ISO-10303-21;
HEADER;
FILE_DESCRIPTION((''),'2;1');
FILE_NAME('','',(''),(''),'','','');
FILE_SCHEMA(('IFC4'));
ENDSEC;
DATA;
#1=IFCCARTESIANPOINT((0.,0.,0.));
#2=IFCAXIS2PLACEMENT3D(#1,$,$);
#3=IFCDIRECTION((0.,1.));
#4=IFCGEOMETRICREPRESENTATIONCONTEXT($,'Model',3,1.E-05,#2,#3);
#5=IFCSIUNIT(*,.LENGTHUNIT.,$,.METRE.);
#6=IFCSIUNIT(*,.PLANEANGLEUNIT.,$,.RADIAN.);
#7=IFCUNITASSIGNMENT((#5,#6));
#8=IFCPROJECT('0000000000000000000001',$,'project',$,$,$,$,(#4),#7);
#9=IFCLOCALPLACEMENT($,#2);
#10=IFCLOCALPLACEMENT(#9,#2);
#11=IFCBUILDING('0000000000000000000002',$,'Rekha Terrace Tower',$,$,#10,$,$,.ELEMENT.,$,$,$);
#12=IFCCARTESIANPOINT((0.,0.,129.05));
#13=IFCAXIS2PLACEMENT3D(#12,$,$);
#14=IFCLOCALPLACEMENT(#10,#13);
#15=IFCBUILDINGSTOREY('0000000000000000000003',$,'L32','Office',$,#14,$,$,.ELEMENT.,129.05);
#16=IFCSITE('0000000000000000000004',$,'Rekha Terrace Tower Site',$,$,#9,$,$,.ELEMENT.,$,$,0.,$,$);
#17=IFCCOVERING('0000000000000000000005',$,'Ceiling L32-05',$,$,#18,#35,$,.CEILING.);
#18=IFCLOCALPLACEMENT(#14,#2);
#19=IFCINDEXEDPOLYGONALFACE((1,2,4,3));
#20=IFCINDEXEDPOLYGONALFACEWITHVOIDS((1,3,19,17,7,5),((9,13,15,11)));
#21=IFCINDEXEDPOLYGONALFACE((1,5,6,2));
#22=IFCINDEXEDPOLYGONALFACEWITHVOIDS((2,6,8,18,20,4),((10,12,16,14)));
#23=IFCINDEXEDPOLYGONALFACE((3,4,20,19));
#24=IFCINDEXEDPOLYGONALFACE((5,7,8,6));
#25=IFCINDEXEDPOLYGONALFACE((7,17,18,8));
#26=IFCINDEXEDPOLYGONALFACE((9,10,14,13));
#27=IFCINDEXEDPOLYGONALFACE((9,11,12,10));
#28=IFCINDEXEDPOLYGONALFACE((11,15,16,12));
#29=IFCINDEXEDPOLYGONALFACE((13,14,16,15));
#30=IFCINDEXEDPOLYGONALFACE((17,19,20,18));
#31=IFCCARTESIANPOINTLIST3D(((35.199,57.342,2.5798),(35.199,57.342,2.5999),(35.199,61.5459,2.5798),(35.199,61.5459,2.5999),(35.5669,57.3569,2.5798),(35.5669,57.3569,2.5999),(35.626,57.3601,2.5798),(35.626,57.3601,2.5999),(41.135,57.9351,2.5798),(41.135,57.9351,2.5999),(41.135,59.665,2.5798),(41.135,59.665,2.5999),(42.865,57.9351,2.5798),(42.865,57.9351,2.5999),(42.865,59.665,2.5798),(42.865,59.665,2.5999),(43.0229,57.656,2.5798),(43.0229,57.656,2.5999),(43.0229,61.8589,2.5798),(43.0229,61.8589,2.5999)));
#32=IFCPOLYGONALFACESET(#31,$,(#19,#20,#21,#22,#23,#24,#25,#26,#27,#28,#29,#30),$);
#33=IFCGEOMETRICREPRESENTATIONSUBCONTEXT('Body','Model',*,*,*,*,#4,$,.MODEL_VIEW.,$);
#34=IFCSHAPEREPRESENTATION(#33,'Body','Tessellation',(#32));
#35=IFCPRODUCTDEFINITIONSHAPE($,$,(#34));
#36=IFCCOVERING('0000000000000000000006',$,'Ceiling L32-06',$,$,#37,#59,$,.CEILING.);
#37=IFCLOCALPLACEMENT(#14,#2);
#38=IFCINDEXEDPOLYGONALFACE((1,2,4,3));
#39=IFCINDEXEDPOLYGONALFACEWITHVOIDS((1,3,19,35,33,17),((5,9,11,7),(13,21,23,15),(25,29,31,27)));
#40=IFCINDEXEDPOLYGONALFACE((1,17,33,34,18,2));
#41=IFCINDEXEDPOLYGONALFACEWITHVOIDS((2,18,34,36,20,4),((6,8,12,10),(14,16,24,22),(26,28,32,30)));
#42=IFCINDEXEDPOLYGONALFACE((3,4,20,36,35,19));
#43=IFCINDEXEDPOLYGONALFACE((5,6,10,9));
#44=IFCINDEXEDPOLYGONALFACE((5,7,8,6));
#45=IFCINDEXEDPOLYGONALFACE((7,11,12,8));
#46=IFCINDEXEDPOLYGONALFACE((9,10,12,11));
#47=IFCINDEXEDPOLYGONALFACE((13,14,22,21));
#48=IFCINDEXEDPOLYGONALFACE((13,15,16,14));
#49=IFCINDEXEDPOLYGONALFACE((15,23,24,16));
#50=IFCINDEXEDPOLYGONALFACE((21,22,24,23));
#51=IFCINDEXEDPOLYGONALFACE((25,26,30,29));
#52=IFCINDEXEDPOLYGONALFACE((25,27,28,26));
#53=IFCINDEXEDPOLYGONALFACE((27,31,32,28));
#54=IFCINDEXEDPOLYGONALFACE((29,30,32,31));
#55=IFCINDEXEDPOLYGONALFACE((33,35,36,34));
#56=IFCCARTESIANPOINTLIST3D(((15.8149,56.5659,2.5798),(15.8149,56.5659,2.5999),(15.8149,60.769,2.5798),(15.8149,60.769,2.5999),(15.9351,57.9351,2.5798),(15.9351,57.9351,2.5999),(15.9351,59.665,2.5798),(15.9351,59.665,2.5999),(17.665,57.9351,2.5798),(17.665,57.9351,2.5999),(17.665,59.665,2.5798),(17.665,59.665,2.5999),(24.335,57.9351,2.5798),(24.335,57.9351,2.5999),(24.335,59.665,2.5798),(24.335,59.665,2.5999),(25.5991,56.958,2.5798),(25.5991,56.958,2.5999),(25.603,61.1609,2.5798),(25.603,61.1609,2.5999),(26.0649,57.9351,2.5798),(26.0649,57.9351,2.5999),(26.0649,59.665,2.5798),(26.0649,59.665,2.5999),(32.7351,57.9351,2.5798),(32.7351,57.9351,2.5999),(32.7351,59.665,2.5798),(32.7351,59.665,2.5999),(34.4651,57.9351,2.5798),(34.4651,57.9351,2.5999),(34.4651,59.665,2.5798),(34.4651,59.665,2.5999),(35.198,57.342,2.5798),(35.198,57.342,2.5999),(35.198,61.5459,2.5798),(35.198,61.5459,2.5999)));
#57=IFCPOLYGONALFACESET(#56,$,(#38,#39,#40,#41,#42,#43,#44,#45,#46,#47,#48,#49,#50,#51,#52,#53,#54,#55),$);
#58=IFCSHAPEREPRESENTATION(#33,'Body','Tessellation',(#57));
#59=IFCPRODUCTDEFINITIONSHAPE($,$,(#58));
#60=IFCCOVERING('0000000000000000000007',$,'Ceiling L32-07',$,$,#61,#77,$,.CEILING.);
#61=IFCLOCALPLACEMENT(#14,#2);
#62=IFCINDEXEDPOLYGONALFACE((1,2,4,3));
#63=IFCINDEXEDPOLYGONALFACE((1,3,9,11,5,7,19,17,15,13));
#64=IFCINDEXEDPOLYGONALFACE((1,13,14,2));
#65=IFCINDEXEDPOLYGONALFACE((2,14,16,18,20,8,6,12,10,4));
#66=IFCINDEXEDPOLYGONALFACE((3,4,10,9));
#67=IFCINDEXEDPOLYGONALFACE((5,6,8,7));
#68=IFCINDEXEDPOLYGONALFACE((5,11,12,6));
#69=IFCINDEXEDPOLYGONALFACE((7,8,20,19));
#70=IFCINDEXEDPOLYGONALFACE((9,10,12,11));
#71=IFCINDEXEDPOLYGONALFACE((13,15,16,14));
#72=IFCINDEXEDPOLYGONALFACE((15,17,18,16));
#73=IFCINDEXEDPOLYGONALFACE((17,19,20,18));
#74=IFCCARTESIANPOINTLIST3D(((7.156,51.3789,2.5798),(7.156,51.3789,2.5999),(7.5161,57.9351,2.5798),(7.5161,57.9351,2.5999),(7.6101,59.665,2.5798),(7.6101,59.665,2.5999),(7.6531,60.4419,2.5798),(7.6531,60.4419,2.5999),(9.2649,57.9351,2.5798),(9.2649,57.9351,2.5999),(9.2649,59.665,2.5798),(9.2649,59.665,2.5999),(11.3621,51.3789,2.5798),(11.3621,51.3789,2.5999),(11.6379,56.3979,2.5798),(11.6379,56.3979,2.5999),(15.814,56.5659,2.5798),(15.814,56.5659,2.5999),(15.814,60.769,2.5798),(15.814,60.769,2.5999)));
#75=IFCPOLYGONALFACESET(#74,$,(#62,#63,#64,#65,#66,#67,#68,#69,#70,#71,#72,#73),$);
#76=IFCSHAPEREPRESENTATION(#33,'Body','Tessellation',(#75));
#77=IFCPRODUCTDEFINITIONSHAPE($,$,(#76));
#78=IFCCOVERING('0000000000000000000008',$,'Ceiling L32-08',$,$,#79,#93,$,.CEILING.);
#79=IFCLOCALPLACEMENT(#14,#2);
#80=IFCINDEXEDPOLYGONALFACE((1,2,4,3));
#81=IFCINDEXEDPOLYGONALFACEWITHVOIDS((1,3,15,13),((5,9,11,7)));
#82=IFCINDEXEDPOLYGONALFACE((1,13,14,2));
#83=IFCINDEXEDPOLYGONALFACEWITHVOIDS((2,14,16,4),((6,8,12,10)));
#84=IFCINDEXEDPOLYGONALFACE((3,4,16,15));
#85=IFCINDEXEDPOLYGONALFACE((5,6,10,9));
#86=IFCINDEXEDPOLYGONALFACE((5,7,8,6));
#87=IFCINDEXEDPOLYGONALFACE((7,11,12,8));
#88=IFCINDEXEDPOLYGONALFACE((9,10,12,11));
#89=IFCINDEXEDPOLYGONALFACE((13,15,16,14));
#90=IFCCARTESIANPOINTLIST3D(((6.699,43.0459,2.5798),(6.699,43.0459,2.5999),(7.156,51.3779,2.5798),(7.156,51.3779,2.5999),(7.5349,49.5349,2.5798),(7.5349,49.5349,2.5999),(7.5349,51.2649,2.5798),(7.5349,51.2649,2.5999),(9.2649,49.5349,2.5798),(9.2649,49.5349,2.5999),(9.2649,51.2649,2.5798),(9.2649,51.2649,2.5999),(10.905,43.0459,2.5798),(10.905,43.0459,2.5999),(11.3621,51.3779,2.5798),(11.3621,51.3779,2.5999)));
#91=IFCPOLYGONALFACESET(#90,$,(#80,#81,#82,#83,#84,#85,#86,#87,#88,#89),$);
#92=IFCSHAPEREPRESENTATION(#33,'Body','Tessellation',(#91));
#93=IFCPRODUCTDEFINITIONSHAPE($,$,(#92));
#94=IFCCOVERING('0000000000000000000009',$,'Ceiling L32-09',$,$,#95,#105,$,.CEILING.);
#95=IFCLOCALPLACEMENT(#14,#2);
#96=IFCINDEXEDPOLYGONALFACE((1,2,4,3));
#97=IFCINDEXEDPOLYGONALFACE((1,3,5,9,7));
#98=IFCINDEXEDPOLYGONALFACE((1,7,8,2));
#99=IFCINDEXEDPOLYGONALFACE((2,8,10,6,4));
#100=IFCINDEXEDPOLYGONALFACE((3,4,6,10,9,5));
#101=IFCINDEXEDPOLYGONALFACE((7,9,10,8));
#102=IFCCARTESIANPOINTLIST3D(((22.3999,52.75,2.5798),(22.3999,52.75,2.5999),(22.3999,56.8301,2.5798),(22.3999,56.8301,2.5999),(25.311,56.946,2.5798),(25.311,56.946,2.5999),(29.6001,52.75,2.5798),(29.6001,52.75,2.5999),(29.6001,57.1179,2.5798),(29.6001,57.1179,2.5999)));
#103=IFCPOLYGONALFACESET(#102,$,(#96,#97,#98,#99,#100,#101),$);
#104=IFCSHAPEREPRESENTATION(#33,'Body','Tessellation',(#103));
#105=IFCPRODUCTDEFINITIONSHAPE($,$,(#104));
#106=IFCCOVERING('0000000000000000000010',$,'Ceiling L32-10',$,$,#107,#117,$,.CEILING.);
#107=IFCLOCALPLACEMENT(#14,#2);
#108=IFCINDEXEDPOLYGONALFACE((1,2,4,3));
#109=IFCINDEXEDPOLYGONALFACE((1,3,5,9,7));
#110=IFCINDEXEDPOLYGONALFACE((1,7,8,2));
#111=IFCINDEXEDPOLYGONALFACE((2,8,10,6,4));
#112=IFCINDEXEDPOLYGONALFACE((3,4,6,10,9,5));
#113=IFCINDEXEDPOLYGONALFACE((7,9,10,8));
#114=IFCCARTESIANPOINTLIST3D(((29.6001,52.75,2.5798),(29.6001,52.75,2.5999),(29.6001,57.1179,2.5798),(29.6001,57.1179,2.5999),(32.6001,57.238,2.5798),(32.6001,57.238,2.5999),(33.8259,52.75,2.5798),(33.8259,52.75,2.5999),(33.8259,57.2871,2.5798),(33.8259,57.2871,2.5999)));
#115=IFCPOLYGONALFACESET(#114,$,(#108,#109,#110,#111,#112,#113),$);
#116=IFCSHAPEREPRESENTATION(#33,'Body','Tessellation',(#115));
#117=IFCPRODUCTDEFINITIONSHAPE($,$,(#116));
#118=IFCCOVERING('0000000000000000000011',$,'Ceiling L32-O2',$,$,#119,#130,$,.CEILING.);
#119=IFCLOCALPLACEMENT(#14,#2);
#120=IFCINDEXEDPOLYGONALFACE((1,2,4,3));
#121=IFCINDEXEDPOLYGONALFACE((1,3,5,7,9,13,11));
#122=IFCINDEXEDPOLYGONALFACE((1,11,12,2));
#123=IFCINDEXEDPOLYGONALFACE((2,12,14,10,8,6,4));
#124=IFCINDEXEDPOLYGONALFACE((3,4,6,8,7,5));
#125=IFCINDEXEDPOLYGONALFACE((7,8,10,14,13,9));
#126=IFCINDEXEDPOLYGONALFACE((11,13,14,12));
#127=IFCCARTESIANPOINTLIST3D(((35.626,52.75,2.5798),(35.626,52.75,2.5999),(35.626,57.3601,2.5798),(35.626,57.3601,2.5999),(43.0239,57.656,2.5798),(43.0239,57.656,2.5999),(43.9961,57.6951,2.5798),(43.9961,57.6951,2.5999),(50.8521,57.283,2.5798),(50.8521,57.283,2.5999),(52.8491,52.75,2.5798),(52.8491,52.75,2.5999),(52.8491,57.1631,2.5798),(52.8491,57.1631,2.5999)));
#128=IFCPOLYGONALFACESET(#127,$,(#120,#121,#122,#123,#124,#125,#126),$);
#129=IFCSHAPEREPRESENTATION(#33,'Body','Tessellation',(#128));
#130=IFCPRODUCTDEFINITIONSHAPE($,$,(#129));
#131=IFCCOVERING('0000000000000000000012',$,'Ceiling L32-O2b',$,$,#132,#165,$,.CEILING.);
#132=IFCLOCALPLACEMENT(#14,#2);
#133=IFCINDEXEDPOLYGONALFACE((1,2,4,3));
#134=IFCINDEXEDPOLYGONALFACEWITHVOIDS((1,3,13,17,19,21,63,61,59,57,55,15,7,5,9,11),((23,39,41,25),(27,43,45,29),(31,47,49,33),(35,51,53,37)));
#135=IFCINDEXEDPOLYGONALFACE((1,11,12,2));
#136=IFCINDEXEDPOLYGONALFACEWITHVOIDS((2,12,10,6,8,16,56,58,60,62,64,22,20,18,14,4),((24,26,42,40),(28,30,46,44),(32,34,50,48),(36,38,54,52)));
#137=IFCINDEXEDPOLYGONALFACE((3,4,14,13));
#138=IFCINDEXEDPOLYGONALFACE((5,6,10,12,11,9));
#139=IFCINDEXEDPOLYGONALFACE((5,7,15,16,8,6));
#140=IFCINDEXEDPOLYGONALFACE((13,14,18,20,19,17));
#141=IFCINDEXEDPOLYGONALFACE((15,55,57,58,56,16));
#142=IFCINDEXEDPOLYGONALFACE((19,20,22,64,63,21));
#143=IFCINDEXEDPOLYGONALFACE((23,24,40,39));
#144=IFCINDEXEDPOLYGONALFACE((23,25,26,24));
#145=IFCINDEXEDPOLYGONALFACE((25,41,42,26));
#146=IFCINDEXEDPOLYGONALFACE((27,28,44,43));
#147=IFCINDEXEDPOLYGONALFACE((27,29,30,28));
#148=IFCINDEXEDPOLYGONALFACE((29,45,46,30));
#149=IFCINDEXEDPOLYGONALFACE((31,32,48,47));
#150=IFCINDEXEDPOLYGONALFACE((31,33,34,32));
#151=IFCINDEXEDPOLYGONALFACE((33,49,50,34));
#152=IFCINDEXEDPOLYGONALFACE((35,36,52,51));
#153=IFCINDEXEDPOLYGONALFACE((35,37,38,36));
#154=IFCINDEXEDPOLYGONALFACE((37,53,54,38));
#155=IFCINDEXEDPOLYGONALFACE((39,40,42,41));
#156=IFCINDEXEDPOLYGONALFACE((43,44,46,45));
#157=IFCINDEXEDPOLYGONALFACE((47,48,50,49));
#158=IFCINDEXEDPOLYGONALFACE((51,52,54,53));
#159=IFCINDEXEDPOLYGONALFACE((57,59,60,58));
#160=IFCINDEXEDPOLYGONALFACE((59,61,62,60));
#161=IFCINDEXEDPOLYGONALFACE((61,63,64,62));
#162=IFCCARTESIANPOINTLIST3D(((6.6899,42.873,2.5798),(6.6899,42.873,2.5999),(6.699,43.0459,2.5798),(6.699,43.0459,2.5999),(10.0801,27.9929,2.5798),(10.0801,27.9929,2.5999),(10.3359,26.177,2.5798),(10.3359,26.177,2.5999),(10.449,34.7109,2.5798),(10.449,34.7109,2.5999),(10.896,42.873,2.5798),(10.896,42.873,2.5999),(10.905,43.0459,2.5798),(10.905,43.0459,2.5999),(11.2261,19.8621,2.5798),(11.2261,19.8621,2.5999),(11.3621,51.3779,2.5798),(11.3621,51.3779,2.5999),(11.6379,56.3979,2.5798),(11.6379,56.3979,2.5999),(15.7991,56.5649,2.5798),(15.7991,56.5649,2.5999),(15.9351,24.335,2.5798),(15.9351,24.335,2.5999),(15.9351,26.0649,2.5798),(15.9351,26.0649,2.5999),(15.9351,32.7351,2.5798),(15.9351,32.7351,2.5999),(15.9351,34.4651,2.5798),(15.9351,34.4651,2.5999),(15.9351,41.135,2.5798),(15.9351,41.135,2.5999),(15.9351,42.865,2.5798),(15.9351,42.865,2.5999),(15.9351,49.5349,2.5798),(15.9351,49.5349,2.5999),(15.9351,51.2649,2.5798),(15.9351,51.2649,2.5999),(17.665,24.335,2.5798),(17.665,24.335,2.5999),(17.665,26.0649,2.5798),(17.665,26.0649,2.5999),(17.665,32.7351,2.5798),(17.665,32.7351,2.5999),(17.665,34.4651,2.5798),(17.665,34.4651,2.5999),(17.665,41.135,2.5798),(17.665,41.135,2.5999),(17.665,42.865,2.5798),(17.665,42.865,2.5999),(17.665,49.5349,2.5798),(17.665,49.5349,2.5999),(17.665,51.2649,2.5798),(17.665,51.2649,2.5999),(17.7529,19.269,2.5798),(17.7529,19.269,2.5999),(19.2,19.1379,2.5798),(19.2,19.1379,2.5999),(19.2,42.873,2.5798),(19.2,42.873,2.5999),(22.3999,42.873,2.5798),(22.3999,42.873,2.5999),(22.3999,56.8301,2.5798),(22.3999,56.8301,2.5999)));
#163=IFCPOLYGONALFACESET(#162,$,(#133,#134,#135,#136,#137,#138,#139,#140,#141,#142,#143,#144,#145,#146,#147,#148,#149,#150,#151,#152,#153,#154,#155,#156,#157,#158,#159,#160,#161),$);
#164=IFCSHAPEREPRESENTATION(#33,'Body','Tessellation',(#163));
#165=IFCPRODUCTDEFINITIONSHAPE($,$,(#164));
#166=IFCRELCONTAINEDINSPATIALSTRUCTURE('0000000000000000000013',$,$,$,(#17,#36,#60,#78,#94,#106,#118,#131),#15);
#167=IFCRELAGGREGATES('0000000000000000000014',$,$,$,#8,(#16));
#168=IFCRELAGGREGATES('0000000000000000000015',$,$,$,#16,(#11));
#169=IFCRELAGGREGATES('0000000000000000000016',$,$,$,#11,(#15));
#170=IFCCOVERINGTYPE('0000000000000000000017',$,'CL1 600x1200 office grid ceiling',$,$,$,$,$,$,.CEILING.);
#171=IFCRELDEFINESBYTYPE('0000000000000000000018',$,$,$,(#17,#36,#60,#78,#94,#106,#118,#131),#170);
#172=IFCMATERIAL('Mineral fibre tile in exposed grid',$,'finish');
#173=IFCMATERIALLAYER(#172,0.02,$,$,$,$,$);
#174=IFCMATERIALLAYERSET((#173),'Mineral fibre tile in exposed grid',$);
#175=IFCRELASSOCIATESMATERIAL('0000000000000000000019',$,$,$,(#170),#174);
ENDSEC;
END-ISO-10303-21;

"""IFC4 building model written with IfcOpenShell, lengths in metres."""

from ifc_helpers import new_model, si_unit, direction, frame, origin, place, context, subcontext, project, spatial, polyline, outline, extrude, material, layer, layer_set, type_object, element, save


model = new_model("IFC4")

# Units and contexts
model_context = context("Model", 3, precision=1e-05, world=origin(), true_north=direction((0.0, 1.0)))
body_context = subcontext(model_context, "Body", "Model", "MODEL_VIEW")
ifc_project = project(units=[si_unit("LENGTHUNIT", "METRE"), si_unit("PLANEANGLEUNIT", "RADIAN")], contexts=[model_context])

# Site, building, storey
site_placement = place(None, origin())
site = spatial("IfcSite", under=ifc_project, at=site_placement, Name="Rekha Terrace Tower Site", CompositionType="ELEMENT", RefElevation=0.0)
building_placement = place(site_placement, origin())
building = spatial("IfcBuilding", under=site, at=building_placement, Name="Rekha Terrace Tower", CompositionType="ELEMENT")
storey_placement = place(building_placement, frame((0.0, 0.0, 129.05)))
storey = spatial("IfcBuildingStorey", under=building, at=storey_placement, Name="L32", Description="Office", CompositionType="ELEMENT", Elevation=129.05)

# Coverings
ifc_material_1 = material(Name="Mineral fibre tile in exposed grid", Category="finish")
ifc_layer_1 = layer(ifc_material_1, 0.02)
ifc_layer_set_1 = layer_set([ifc_layer_1], Name="Mineral fibre tile in exposed grid")
covering_type_1 = type_object("IfcCoveringType", Name="CL1 600x1200 office grid ceiling", PredefinedType="CEILING", material=ifc_layer_set_1)
covering_1_placement = place(storey_placement, frame((0.0, 0.0, 2.5798)))
element("IfcCovering", 1, at=covering_1_placement, inside=storey, type_object=covering_type_1, Name="Ceiling L32-05", PredefinedType="CEILING", context=body_context, shape_type="SweptSolid", body=[
    extrude(outline(polyline([(35.199, 61.5459), (35.199, 57.342), (35.5669, 57.3569), (35.626, 57.3601), (43.0229, 57.656), (43.0229, 61.8589), (35.199, 61.5459)]), holes=[polyline([(42.865, 57.9351), (41.135, 57.9351), (41.135, 59.665), (42.865, 59.665), (42.865, 57.9351)])]), origin(), (0.0, 0.0, 1.0), 0.02),
])
covering_2_placement = place(storey_placement, frame((0.0, 0.0, 2.5798)))
element("IfcCovering", 2, at=covering_2_placement, inside=storey, type_object=covering_type_1, Name="Ceiling L32-06", PredefinedType="CEILING", context=body_context, shape_type="SweptSolid", body=[
    extrude(outline(polyline([(35.198, 61.5459), (25.603, 61.1609), (15.8149, 60.769), (15.8149, 56.5659), (25.5991, 56.958), (35.198, 57.342), (35.198, 61.5459)]), holes=[polyline([(34.4651, 57.9351), (32.7351, 57.9351), (32.7351, 59.665), (34.4651, 59.665), (34.4651, 57.9351)]), polyline([(26.0649, 57.9351), (24.335, 57.9351), (24.335, 59.665), (26.0649, 59.665), (26.0649, 57.9351)]), polyline([(17.665, 57.9351), (15.9351, 57.9351), (15.9351, 59.665), (17.665, 59.665), (17.665, 57.9351)])]), origin(), (0.0, 0.0, 1.0), 0.02),
])
covering_3_placement = place(storey_placement, frame((0.0, 0.0, 2.5798)))
element("IfcCovering", 3, at=covering_3_placement, inside=storey, type_object=covering_type_1, Name="Ceiling L32-07", PredefinedType="CEILING", context=body_context, shape_type="SweptSolid", body=[
    extrude(outline(polyline([(7.5161, 57.9351), (7.156, 51.3789), (11.3621, 51.3789), (11.6379, 56.3979), (15.814, 56.5659), (15.814, 60.769), (7.6531, 60.4419), (7.6101, 59.665), (9.2649, 59.665), (9.2649, 57.9351), (7.5161, 57.9351)])), origin(), (0.0, 0.0, 1.0), 0.02),
])
covering_4_placement = place(storey_placement, frame((0.0, 0.0, 2.5798)))
element("IfcCovering", 4, at=covering_4_placement, inside=storey, type_object=covering_type_1, Name="Ceiling L32-08", PredefinedType="CEILING", context=body_context, shape_type="SweptSolid", body=[
    extrude(outline(polyline([(11.3621, 51.3779), (7.156, 51.3779), (6.699, 43.0459), (10.905, 43.0459), (11.3621, 51.3779)]), holes=[polyline([(9.2649, 51.2649), (9.2649, 49.5349), (7.5349, 49.5349), (7.5349, 51.2649), (9.2649, 51.2649)])]), origin(), (0.0, 0.0, 1.0), 0.02),
])
covering_5_placement = place(storey_placement, frame((0.0, 0.0, 2.5798)))
element("IfcCovering", 5, at=covering_5_placement, inside=storey, type_object=covering_type_1, Name="Ceiling L32-09", PredefinedType="CEILING", context=body_context, shape_type="SweptSolid", body=[
    extrude(outline(polyline([(22.3999, 52.75), (29.6001, 52.75), (29.6001, 57.1179), (25.311, 56.946), (22.3999, 56.8301), (22.3999, 52.75)])), origin(), (0.0, 0.0, 1.0), 0.02),
])
covering_6_placement = place(storey_placement, frame((0.0, 0.0, 2.5798)))
element("IfcCovering", 6, at=covering_6_placement, inside=storey, type_object=covering_type_1, Name="Ceiling L32-10", PredefinedType="CEILING", context=body_context, shape_type="SweptSolid", body=[
    extrude(outline(polyline([(33.8259, 52.75), (33.8259, 57.2871), (32.6001, 57.238), (29.6001, 57.1179), (29.6001, 52.75), (33.8259, 52.75)])), origin(), (0.0, 0.0, 1.0), 0.02),
])
covering_7_placement = place(storey_placement, frame((0.0, 0.0, 2.5798)))
element("IfcCovering", 7, at=covering_7_placement, inside=storey, type_object=covering_type_1, Name="Ceiling L32-O2", PredefinedType="CEILING", context=body_context, shape_type="SweptSolid", body=[
    extrude(outline(polyline([(43.9961, 57.6951), (43.0239, 57.656), (35.626, 57.3601), (35.626, 52.75), (52.8491, 52.75), (52.8491, 57.1631), (50.8521, 57.283), (43.9961, 57.6951)])), origin(), (0.0, 0.0, 1.0), 0.02),
])
covering_8_placement = place(storey_placement, frame((0.0, 0.0, 2.5798)))
element("IfcCovering", 8, at=covering_8_placement, inside=storey, type_object=covering_type_1, Name="Ceiling L32-O2b", PredefinedType="CEILING", context=body_context, shape_type="SweptSolid", body=[
    extrude(outline(polyline([(10.0801, 27.9929), (10.3359, 26.177), (11.2261, 19.8621), (17.7529, 19.269), (19.2, 19.1379), (19.2, 42.873), (22.3999, 42.873), (22.3999, 56.8301), (15.7991, 56.5649), (11.6379, 56.3979), (11.3621, 51.3779), (10.905, 43.0459), (6.699, 43.0459), (6.6899, 42.873), (10.896, 42.873), (10.449, 34.7109), (10.0801, 27.9929)]), holes=[polyline([(17.665, 26.0649), (17.665, 24.335), (15.9351, 24.335), (15.9351, 26.0649), (17.665, 26.0649)]), polyline([(17.665, 34.4651), (17.665, 32.7351), (15.9351, 32.7351), (15.9351, 34.4651), (17.665, 34.4651)]), polyline([(17.665, 41.135), (15.9351, 41.135), (15.9351, 42.865), (17.665, 42.865), (17.665, 41.135)]), polyline([(17.665, 49.5349), (15.9351, 49.5349), (15.9351, 51.2649), (17.665, 51.2649), (17.665, 49.5349)])]), origin(), (0.0, 0.0, 1.0), 0.02),
])

save(model, "model.ifc")
